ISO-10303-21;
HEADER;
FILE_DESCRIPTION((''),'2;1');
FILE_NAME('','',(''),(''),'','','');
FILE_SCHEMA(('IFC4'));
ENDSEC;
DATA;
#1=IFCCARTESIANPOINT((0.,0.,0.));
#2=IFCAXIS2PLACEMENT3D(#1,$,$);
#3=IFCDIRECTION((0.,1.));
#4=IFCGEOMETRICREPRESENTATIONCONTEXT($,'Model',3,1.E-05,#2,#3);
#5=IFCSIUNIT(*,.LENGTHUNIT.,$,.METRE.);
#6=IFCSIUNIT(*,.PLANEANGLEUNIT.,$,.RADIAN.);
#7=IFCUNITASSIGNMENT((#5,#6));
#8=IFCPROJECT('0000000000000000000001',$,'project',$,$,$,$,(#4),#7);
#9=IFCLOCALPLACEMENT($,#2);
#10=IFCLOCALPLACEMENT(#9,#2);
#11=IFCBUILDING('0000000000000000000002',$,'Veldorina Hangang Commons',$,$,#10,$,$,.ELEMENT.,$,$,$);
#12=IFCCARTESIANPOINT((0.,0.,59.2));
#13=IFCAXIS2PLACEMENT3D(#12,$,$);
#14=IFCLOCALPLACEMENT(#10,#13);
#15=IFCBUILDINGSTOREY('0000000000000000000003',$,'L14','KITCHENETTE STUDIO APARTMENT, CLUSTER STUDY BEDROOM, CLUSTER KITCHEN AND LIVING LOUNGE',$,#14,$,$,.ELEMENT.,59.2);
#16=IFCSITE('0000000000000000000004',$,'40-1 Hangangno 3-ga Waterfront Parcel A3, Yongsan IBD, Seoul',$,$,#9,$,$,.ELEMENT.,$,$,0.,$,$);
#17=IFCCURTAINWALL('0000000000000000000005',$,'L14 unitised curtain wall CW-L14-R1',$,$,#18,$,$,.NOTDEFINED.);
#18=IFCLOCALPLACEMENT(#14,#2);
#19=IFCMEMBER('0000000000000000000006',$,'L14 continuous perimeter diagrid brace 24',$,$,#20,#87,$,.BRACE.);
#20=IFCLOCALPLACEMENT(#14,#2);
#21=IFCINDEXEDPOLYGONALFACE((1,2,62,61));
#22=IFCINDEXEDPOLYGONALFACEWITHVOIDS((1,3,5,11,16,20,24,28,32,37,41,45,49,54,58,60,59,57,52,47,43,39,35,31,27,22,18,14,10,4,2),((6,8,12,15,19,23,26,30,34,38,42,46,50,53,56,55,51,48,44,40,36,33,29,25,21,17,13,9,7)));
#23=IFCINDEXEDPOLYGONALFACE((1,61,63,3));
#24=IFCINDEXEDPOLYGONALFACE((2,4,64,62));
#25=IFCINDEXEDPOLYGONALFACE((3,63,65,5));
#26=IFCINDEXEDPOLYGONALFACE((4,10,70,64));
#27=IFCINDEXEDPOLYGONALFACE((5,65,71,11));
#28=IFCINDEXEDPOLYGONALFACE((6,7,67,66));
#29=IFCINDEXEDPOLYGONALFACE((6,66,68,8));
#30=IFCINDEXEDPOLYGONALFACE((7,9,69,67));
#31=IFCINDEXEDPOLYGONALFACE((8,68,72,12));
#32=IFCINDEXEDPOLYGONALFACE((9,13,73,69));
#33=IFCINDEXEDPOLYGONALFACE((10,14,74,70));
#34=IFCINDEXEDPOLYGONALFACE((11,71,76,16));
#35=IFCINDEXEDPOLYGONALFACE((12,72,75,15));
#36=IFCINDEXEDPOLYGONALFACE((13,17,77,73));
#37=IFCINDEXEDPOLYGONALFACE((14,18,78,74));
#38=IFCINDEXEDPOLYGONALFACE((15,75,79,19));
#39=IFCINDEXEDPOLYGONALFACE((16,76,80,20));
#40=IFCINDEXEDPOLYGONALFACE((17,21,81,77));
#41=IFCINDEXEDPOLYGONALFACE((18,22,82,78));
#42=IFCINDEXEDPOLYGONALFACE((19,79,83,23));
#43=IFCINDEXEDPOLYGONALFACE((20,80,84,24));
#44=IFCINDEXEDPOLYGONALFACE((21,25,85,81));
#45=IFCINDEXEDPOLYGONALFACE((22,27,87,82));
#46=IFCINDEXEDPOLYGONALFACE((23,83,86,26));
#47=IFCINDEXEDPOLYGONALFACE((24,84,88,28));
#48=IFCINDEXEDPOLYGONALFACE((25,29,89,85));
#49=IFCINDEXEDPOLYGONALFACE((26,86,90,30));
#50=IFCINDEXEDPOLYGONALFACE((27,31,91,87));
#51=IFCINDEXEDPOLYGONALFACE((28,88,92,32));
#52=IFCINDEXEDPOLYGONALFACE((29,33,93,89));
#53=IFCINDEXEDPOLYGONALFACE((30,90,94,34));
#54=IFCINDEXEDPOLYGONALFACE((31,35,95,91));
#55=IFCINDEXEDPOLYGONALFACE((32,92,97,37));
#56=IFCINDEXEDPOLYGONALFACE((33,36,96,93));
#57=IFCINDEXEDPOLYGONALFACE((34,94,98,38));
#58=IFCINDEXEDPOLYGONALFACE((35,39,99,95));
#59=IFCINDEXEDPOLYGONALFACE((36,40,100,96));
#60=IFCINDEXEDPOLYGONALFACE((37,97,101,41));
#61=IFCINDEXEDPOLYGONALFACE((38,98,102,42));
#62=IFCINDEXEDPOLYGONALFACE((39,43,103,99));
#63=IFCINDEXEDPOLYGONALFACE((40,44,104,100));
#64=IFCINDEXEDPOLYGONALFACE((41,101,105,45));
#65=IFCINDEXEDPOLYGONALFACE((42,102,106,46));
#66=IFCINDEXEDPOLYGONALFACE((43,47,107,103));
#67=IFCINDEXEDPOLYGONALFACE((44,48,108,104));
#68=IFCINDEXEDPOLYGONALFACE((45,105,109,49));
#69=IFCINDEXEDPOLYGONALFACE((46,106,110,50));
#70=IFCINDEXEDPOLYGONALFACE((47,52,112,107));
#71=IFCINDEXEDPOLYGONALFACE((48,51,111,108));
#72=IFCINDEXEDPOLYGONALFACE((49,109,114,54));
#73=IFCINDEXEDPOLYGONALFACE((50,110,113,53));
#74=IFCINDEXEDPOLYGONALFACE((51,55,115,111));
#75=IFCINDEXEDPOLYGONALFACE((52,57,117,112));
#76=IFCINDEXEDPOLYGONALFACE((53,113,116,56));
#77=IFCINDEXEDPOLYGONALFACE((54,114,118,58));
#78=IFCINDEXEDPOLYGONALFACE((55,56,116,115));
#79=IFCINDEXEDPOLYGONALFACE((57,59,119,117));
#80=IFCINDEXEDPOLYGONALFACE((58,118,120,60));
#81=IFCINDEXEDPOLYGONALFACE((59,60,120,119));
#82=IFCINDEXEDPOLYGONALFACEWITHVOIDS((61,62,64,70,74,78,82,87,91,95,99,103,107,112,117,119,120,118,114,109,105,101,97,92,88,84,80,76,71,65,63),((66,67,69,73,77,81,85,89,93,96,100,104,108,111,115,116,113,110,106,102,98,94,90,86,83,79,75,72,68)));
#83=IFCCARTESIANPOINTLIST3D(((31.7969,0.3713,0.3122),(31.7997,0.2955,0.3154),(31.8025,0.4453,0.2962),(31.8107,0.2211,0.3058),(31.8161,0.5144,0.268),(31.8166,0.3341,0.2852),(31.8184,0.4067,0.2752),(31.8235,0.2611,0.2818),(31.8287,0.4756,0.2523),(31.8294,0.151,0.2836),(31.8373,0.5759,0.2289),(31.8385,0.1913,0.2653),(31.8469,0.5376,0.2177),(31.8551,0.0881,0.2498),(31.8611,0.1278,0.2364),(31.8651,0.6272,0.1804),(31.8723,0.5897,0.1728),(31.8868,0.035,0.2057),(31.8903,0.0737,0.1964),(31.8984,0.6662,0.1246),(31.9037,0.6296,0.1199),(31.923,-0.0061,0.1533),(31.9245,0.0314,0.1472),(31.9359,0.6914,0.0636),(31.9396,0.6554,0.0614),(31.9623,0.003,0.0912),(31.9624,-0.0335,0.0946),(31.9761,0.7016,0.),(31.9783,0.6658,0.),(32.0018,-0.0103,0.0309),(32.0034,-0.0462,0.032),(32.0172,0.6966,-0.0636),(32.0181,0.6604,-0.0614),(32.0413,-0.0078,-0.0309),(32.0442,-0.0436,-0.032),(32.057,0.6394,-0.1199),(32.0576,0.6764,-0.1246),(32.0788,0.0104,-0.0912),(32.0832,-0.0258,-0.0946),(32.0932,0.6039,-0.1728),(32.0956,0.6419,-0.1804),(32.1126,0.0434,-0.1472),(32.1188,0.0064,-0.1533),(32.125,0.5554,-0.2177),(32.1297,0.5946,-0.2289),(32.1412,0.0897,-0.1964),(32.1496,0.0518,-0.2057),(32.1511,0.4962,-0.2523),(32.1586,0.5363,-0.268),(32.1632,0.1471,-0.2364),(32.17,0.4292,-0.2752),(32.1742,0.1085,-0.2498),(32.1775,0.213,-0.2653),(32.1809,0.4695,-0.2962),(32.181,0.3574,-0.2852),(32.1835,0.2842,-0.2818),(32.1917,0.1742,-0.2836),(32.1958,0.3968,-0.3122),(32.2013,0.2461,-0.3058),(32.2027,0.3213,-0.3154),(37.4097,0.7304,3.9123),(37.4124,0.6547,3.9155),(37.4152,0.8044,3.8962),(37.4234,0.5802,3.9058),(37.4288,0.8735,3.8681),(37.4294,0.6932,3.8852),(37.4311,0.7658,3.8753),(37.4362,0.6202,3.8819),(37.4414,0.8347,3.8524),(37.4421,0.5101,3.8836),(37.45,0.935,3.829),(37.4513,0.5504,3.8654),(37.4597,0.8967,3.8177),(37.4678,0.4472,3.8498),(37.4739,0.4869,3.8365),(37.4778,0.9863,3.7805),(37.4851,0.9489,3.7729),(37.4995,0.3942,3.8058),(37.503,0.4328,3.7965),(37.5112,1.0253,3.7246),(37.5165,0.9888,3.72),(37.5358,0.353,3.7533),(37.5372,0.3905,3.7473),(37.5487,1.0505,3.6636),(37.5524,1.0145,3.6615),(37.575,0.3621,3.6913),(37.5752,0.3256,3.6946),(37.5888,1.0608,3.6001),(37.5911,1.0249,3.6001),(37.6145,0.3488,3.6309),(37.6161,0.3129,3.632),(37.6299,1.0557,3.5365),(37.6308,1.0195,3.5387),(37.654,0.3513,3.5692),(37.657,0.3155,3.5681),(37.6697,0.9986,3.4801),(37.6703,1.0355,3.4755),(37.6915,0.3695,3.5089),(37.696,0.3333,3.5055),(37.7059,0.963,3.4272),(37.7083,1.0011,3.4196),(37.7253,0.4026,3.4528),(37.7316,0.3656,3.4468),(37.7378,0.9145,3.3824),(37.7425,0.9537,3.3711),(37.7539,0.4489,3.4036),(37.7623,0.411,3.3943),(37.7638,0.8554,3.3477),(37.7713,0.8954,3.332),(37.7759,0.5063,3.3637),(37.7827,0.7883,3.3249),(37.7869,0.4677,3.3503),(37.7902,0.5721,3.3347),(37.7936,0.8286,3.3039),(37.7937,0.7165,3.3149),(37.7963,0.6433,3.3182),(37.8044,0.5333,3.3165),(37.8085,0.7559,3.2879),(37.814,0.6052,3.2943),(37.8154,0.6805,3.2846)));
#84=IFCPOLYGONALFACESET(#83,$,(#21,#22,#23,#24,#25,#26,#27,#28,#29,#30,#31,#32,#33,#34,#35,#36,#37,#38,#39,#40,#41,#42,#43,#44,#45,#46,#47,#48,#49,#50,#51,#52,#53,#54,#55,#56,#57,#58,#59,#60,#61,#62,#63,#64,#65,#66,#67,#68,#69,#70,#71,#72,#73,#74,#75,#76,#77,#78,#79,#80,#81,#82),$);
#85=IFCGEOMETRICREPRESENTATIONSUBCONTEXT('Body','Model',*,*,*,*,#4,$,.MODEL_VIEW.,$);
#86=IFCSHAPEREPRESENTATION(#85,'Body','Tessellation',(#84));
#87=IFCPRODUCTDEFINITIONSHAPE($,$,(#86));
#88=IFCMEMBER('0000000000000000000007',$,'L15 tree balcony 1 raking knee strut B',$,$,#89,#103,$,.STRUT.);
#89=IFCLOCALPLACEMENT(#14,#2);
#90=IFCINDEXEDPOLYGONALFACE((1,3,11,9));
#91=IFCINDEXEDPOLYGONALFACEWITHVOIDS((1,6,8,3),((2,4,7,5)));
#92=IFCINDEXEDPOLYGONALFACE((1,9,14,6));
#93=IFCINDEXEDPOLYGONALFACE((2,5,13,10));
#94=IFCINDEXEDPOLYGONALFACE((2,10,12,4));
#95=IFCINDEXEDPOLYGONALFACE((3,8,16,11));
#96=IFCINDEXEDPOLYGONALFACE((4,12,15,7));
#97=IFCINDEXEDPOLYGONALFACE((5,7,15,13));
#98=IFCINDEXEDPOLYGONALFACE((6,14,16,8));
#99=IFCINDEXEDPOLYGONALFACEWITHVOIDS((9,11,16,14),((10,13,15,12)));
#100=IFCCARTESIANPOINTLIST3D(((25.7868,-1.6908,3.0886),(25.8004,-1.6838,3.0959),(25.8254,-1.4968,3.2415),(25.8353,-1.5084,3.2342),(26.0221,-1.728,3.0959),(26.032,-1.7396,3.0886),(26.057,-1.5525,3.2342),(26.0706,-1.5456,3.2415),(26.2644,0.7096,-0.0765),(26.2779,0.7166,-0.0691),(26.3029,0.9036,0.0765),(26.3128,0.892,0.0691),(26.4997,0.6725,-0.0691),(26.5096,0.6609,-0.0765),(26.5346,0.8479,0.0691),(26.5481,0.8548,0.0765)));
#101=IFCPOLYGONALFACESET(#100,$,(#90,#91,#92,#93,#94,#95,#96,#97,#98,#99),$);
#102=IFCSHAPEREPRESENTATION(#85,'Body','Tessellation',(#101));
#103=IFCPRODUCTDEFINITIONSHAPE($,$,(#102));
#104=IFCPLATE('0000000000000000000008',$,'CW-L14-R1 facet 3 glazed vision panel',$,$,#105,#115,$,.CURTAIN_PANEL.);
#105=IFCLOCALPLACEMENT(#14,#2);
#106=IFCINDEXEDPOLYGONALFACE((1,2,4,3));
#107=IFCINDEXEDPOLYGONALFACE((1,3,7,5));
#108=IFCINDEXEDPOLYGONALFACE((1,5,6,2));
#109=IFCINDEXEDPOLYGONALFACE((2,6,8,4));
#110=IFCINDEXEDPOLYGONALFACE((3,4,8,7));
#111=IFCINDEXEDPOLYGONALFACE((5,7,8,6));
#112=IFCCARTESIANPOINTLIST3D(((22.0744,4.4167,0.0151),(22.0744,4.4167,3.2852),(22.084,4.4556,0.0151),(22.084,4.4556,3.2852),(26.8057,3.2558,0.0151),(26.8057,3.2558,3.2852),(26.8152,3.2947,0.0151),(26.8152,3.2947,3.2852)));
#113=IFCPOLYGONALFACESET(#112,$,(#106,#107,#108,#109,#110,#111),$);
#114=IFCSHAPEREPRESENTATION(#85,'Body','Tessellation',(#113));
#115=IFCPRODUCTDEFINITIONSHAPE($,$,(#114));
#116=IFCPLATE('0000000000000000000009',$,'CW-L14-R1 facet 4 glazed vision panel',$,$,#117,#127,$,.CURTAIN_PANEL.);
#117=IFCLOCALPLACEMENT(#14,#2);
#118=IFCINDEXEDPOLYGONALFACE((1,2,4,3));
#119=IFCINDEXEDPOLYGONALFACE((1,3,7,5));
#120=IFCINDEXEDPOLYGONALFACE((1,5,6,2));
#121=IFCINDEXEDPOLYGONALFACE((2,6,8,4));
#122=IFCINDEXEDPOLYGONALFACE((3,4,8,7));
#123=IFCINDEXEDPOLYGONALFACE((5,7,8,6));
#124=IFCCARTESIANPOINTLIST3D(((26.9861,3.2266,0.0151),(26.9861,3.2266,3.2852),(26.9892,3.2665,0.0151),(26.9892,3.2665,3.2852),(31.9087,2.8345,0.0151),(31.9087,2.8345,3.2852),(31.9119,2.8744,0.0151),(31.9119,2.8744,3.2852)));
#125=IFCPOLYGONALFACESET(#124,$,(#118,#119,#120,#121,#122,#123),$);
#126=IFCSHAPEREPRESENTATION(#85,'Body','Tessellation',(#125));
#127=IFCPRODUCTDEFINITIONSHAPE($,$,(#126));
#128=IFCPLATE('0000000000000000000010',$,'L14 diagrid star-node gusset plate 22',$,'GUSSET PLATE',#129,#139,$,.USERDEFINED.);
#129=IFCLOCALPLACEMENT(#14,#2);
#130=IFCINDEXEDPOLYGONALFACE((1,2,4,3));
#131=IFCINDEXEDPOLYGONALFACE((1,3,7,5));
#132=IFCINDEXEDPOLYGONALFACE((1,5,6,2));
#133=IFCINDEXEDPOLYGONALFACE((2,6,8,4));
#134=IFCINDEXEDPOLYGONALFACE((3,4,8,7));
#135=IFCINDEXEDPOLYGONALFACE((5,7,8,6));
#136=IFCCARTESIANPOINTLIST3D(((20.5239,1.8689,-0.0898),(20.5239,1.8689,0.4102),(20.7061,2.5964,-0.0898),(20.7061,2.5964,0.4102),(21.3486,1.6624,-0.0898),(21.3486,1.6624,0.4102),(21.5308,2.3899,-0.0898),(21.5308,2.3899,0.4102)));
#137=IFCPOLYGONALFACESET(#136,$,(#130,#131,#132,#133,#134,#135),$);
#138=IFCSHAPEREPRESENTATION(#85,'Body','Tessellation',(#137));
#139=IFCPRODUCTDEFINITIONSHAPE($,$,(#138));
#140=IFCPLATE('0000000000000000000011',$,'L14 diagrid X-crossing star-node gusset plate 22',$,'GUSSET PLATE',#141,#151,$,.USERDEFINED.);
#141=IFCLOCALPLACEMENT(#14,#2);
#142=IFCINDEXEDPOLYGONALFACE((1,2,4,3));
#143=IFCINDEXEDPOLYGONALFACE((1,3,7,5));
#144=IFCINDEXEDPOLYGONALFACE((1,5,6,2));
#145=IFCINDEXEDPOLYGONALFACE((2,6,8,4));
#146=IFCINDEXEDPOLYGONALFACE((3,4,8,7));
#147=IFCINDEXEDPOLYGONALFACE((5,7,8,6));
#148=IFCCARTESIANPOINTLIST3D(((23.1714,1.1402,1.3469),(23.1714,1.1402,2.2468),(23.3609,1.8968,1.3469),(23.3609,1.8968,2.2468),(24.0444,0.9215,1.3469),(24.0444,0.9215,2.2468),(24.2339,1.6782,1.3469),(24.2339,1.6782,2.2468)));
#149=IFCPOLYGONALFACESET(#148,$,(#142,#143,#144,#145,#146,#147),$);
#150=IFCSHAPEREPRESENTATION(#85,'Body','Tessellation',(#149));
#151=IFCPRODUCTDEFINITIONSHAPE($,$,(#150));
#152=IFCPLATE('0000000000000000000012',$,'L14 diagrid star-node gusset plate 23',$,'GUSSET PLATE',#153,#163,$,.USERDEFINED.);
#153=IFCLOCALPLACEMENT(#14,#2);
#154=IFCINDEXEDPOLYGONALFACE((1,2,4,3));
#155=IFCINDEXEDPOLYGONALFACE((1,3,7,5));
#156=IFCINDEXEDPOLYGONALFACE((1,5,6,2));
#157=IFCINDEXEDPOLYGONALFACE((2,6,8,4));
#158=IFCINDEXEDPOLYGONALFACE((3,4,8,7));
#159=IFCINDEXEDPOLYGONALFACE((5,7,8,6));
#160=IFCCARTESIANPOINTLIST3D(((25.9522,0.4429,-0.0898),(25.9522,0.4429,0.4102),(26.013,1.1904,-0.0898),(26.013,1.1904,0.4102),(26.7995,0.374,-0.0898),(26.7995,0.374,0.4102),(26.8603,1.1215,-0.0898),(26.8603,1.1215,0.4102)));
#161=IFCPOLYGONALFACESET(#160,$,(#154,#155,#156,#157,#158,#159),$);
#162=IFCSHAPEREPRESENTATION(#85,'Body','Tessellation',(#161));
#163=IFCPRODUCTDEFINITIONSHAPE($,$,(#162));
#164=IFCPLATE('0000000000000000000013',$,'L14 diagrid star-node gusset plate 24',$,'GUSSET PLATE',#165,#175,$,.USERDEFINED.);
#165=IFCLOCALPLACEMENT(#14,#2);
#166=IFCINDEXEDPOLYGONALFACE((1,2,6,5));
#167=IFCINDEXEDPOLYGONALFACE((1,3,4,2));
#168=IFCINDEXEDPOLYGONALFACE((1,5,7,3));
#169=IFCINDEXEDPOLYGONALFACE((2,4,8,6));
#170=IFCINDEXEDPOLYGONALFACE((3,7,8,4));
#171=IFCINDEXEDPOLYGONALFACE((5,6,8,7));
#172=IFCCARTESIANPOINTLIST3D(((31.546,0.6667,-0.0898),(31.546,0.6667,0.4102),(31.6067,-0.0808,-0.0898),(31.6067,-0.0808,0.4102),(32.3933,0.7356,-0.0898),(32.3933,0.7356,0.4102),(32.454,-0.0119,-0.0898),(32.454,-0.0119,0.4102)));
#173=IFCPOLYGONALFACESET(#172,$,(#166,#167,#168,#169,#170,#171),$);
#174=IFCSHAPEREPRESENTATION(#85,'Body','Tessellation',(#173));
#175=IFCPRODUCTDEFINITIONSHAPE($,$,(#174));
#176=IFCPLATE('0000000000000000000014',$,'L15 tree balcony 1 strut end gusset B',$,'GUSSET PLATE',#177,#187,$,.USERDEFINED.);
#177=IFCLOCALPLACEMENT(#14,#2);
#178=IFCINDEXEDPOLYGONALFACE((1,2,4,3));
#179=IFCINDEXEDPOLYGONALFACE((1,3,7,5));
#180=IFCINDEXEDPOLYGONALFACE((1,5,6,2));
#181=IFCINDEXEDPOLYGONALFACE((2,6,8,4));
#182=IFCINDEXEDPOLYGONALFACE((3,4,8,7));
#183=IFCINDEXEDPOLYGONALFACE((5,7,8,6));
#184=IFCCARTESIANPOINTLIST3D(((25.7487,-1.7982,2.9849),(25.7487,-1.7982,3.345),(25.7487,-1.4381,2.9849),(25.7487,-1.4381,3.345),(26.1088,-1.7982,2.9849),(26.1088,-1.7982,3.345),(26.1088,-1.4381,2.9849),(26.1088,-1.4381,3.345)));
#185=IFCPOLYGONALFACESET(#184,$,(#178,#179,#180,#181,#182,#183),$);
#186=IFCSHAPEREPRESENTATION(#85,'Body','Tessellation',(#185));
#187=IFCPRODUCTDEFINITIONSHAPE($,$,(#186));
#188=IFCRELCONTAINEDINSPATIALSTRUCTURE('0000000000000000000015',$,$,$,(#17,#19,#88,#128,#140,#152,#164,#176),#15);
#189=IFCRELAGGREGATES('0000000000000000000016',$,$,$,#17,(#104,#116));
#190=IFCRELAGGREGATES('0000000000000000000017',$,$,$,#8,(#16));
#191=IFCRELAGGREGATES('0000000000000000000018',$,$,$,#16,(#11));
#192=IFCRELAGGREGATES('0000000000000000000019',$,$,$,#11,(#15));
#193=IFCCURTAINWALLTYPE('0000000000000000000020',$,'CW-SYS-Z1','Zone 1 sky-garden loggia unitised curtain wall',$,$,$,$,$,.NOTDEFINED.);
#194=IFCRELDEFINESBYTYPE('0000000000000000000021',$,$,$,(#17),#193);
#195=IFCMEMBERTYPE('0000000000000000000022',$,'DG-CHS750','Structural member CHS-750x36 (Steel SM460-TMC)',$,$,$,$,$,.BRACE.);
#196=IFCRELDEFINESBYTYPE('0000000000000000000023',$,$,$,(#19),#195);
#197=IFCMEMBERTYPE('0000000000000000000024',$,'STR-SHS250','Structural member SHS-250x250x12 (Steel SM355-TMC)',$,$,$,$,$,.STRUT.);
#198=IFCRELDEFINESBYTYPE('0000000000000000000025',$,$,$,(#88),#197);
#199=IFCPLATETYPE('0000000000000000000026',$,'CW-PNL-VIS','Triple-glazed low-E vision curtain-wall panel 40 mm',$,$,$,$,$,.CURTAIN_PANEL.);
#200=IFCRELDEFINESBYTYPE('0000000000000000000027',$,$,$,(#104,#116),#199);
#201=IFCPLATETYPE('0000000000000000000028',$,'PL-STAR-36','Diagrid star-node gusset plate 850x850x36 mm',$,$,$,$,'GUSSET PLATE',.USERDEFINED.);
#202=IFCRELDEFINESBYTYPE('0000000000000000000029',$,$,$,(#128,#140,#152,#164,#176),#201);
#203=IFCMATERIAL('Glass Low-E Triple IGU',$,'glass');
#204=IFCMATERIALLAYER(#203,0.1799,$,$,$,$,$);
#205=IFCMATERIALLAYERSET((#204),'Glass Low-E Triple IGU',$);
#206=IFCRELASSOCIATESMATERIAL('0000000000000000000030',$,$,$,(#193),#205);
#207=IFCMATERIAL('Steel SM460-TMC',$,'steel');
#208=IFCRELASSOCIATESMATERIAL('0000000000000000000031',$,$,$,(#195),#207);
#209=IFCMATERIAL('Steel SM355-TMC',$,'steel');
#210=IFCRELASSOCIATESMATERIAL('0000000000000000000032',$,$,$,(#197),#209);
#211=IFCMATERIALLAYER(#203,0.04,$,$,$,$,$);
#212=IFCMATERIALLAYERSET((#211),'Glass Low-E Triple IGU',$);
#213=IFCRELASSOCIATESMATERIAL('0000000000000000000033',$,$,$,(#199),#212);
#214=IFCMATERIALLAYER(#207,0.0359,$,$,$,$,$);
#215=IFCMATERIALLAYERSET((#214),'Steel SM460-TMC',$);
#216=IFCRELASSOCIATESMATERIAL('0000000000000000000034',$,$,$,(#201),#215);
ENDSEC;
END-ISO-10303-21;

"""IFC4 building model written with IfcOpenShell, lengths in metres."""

from ifc_helpers import new_model, si_unit, direction, frame, origin, origin_2d, place, context, subcontext, project, spatial, rectangle, hollow_rectangle, hollow_circle, extrude, material, layer, layer_set, material_profile, profile_set, type_object, element, aggregate, save


model = new_model("IFC4")

# Units and contexts
model_context = context("Model", 3, precision=1e-05, world=origin(), true_north=direction((0.0, 1.0)))
body_context = subcontext(model_context, "Body", "Model", "MODEL_VIEW")
ifc_project = project(units=[si_unit("LENGTHUNIT", "METRE"), si_unit("PLANEANGLEUNIT", "RADIAN")], contexts=[model_context])

# Site, building, storey
site_placement = place(None, origin())
site = spatial("IfcSite", under=ifc_project, at=site_placement, Name="40-1 Hangangno 3-ga Waterfront Parcel A3, Yongsan IBD, Seoul", CompositionType="ELEMENT", RefElevation=0.0)
building_placement = place(site_placement, origin())
building = spatial("IfcBuilding", under=site, at=building_placement, Name="Veldorina Hangang Commons", CompositionType="ELEMENT")
storey_placement = place(building_placement, frame((0.0, 0.0, 59.2)))
storey = spatial("IfcBuildingStorey", under=building, at=storey_placement, Name="L14", Description="KITCHENETTE STUDIO APARTMENT, CLUSTER STUDY BEDROOM, CLUSTER KITCHEN AND LIVING LOUNGE", CompositionType="ELEMENT", Elevation=59.2)

# Shared definitions
ifc_material_1 = material(Name="Steel SM355-TMC", Category="steel")
ifc_material_2 = material(Name="Steel SM460-TMC", Category="steel")

# Curtain wall
ifc_material_3 = material(Name="Glass Low-E Triple IGU", Category="glass")
ifc_layer_1 = layer(ifc_material_3, 0.1799)
ifc_layer_set_1 = layer_set([ifc_layer_1], Name="Glass Low-E Triple IGU")
curtain_wall_type = type_object("IfcCurtainWallType", Name="CW-SYS-Z1", Description="Zone 1 sky-garden loggia unitised curtain wall", PredefinedType="NOTDEFINED", material=ifc_layer_set_1)
curtain_wall_placement = place(storey_placement, origin())
curtain_wall = element("IfcCurtainWall", 1, at=curtain_wall_placement, inside=storey, type_object=curtain_wall_type, Name="L14 unitised curtain wall CW-L14-R1", PredefinedType="NOTDEFINED")

# Members
ifc_material_profile_1 = material_profile(ifc_material_2, hollow_circle(Radius=0.375, WallThickness=0.0359, at=origin_2d()), Name="CHS-750x36")
ifc_profile_set_1 = profile_set([ifc_material_profile_1], Name="Steel SM460-TMC")
member_type_1 = type_object("IfcMemberType", Name="DG-CHS750", Description="Structural member CHS-750x36 (Steel SM460-TMC)", PredefinedType="BRACE", material=ifc_profile_set_1)
member_1_placement = place(storey_placement, frame((32.0, 0.3274, 0.0), z_axis=(0.840514, 0.05378, 0.539114), x_axis=(-0.063854, 0.997959, 0.0)))
element("IfcMember", 2, at=member_1_placement, inside=storey, type_object=member_type_1, Name="L14 continuous perimeter diagrid brace 24", PredefinedType="BRACE", context=body_context, shape_type="SweptSolid", body=[
    extrude(hollow_circle(Radius=0.375, WallThickness=0.0359, at=origin_2d()), origin(), (0.0, 0.0, 1.0), 6.6777),
])
ifc_material_profile_2 = material_profile(ifc_material_1, hollow_rectangle(XDim=0.25, YDim=0.25, WallThickness=0.012, at=origin_2d()), Name="SHS-250x250x12")
ifc_profile_set_2 = profile_set([ifc_material_profile_2], Name="Steel SM355-TMC")
member_type_2 = type_object("IfcMemberType", Name="STR-SHS250", Description="Structural member SHS-250x250x12 (Steel SM355-TMC)", PredefinedType="STRUT", material=ifc_profile_set_2)
member_2_placement = place(storey_placement, frame((26.4062, 0.7822, 0.0), z_axis=(-0.119357, -0.599959, 0.791077), x_axis=(0.98078, -0.195118, 0.0)))
element("IfcMember", 3, at=member_2_placement, inside=storey, type_object=member_type_2, Name="L15 tree balcony 1 raking knee strut B", PredefinedType="STRUT", context=body_context, shape_type="SweptSolid", body=[
    extrude(hollow_rectangle(XDim=0.25, YDim=0.25, WallThickness=0.012, at=origin_2d()), origin(), (0.0, 0.0, 1.0), 4.001),
])

# Plates
ifc_layer_2 = layer(ifc_material_3, 0.04)
ifc_layer_set_2 = layer_set([ifc_layer_2], Name="Glass Low-E Triple IGU")
plate_type_1 = type_object("IfcPlateType", Name="CW-PNL-VIS", Description="Triple-glazed low-E vision curtain-wall panel 40 mm", PredefinedType="CURTAIN_PANEL", material=ifc_layer_set_2)
plate_1_placement = place(storey_placement, frame((24.4448, 3.8557, 0.0151), z_axis=(0.0, 0.0, 1.0), x_axis=(0.971193, -0.238296, 0.0)))
plate_1 = element("IfcPlate", 4, at=plate_1_placement, type_object=plate_type_1, Name="CW-L14-R1 facet 3 glazed vision panel", PredefinedType="CURTAIN_PANEL", context=body_context, shape_type="SweptSolid", body=[
    extrude(rectangle(XDim=4.8716, YDim=0.04, at=origin_2d()), origin(), (0.0, 0.0, 1.0), 3.27),
])
plate_2_placement = place(storey_placement, frame((29.449, 3.0505, 0.0151), z_axis=(0.0, 0.0, 1.0), x_axis=(0.996843, -0.079399, 0.0)))
plate_2 = element("IfcPlate", 5, at=plate_2_placement, type_object=plate_type_1, Name="CW-L14-R1 facet 4 glazed vision panel", PredefinedType="CURTAIN_PANEL", context=body_context, shape_type="SweptSolid", body=[
    extrude(rectangle(XDim=4.9382, YDim=0.04, at=origin_2d()), origin(), (0.0, 0.0, 1.0), 3.27),
])
aggregate(curtain_wall, [plate_1, plate_2])

# Plates
ifc_layer_3 = layer(ifc_material_2, 0.0359)
ifc_layer_set_3 = layer_set([ifc_layer_3], Name="Steel SM460-TMC")
plate_type_2 = type_object("IfcPlateType", Name="PL-STAR-36", Description="Diagrid star-node gusset plate 850x850x36 mm", ElementType="GUSSET PLATE", PredefinedType="USERDEFINED", material=ifc_layer_set_3)
plate_3_placement = place(storey_placement, frame((21.0273, 2.1294, -0.0898), z_axis=(0.0, 0.0, 1.0), x_axis=(0.970042, -0.242938, 0.0)))
element("IfcPlate", 6, at=plate_3_placement, inside=storey, type_object=plate_type_2, Name="L14 diagrid star-node gusset plate 22", ObjectType="GUSSET PLATE", PredefinedType="USERDEFINED", context=body_context, shape_type="SweptSolid", body=[
    extrude(rectangle(XDim=0.8501, YDim=0.75, at=origin_2d()), origin(), (0.0, 0.0, 1.0), 0.5),
])
plate_4_placement = place(storey_placement, frame((23.7026, 1.4092, 1.3469), z_axis=(0.0, 0.0, 1.0), x_axis=(0.970042, -0.242938, 0.0)))
element("IfcPlate", 7, at=plate_4_placement, inside=storey, type_object=plate_type_2, Name="L14 diagrid X-crossing star-node gusset plate 22", ObjectType="GUSSET PLATE", PredefinedType="USERDEFINED", context=body_context, shape_type="SweptSolid", body=[
    extrude(rectangle(XDim=0.8999, YDim=0.78, at=origin_2d()), origin(), (0.0, 0.0, 1.0), 0.8999),
])
for number, where, z_axis, x_axis, name in (
    (8, (26.4062, 0.7822, -0.0898), (0.0, 0.0, 1.0), (0.99671, -0.081051, 0.0), "L14 diagrid star-node gusset plate 23"),
    (9, (32.0, 0.3274, -0.0898), (0.0, 0.0, 1.0), (0.99671, 0.081051, 0.0), "L14 diagrid star-node gusset plate 24"),
):
    element("IfcPlate", number, at=place(storey_placement, frame(where, z_axis=z_axis, x_axis=x_axis)), inside=storey, type_object=plate_type_2, Name=name, ObjectType="GUSSET PLATE", PredefinedType="USERDEFINED", context=body_context, shape_type="SweptSolid", body=[
        extrude(rectangle(XDim=0.8501, YDim=0.75, at=origin_2d()), origin(), (0.0, 0.0, 1.0), 0.5),
    ])
plate_5_placement = place(storey_placement, frame((25.9287, -1.6182, 2.9849), z_axis=(0.0, 0.0, 1.0), x_axis=(1.0, 0.0, 0.0)))
element("IfcPlate", 10, at=plate_5_placement, inside=storey, type_object=plate_type_2, Name="L15 tree balcony 1 strut end gusset B", ObjectType="GUSSET PLATE", PredefinedType="USERDEFINED", context=body_context, shape_type="SweptSolid", body=[
    extrude(rectangle(XDim=0.3601, YDim=0.3601, at=origin_2d()), origin(), (0.0, 0.0, 1.0), 0.3601),
])

save(model, "model.ifc")
